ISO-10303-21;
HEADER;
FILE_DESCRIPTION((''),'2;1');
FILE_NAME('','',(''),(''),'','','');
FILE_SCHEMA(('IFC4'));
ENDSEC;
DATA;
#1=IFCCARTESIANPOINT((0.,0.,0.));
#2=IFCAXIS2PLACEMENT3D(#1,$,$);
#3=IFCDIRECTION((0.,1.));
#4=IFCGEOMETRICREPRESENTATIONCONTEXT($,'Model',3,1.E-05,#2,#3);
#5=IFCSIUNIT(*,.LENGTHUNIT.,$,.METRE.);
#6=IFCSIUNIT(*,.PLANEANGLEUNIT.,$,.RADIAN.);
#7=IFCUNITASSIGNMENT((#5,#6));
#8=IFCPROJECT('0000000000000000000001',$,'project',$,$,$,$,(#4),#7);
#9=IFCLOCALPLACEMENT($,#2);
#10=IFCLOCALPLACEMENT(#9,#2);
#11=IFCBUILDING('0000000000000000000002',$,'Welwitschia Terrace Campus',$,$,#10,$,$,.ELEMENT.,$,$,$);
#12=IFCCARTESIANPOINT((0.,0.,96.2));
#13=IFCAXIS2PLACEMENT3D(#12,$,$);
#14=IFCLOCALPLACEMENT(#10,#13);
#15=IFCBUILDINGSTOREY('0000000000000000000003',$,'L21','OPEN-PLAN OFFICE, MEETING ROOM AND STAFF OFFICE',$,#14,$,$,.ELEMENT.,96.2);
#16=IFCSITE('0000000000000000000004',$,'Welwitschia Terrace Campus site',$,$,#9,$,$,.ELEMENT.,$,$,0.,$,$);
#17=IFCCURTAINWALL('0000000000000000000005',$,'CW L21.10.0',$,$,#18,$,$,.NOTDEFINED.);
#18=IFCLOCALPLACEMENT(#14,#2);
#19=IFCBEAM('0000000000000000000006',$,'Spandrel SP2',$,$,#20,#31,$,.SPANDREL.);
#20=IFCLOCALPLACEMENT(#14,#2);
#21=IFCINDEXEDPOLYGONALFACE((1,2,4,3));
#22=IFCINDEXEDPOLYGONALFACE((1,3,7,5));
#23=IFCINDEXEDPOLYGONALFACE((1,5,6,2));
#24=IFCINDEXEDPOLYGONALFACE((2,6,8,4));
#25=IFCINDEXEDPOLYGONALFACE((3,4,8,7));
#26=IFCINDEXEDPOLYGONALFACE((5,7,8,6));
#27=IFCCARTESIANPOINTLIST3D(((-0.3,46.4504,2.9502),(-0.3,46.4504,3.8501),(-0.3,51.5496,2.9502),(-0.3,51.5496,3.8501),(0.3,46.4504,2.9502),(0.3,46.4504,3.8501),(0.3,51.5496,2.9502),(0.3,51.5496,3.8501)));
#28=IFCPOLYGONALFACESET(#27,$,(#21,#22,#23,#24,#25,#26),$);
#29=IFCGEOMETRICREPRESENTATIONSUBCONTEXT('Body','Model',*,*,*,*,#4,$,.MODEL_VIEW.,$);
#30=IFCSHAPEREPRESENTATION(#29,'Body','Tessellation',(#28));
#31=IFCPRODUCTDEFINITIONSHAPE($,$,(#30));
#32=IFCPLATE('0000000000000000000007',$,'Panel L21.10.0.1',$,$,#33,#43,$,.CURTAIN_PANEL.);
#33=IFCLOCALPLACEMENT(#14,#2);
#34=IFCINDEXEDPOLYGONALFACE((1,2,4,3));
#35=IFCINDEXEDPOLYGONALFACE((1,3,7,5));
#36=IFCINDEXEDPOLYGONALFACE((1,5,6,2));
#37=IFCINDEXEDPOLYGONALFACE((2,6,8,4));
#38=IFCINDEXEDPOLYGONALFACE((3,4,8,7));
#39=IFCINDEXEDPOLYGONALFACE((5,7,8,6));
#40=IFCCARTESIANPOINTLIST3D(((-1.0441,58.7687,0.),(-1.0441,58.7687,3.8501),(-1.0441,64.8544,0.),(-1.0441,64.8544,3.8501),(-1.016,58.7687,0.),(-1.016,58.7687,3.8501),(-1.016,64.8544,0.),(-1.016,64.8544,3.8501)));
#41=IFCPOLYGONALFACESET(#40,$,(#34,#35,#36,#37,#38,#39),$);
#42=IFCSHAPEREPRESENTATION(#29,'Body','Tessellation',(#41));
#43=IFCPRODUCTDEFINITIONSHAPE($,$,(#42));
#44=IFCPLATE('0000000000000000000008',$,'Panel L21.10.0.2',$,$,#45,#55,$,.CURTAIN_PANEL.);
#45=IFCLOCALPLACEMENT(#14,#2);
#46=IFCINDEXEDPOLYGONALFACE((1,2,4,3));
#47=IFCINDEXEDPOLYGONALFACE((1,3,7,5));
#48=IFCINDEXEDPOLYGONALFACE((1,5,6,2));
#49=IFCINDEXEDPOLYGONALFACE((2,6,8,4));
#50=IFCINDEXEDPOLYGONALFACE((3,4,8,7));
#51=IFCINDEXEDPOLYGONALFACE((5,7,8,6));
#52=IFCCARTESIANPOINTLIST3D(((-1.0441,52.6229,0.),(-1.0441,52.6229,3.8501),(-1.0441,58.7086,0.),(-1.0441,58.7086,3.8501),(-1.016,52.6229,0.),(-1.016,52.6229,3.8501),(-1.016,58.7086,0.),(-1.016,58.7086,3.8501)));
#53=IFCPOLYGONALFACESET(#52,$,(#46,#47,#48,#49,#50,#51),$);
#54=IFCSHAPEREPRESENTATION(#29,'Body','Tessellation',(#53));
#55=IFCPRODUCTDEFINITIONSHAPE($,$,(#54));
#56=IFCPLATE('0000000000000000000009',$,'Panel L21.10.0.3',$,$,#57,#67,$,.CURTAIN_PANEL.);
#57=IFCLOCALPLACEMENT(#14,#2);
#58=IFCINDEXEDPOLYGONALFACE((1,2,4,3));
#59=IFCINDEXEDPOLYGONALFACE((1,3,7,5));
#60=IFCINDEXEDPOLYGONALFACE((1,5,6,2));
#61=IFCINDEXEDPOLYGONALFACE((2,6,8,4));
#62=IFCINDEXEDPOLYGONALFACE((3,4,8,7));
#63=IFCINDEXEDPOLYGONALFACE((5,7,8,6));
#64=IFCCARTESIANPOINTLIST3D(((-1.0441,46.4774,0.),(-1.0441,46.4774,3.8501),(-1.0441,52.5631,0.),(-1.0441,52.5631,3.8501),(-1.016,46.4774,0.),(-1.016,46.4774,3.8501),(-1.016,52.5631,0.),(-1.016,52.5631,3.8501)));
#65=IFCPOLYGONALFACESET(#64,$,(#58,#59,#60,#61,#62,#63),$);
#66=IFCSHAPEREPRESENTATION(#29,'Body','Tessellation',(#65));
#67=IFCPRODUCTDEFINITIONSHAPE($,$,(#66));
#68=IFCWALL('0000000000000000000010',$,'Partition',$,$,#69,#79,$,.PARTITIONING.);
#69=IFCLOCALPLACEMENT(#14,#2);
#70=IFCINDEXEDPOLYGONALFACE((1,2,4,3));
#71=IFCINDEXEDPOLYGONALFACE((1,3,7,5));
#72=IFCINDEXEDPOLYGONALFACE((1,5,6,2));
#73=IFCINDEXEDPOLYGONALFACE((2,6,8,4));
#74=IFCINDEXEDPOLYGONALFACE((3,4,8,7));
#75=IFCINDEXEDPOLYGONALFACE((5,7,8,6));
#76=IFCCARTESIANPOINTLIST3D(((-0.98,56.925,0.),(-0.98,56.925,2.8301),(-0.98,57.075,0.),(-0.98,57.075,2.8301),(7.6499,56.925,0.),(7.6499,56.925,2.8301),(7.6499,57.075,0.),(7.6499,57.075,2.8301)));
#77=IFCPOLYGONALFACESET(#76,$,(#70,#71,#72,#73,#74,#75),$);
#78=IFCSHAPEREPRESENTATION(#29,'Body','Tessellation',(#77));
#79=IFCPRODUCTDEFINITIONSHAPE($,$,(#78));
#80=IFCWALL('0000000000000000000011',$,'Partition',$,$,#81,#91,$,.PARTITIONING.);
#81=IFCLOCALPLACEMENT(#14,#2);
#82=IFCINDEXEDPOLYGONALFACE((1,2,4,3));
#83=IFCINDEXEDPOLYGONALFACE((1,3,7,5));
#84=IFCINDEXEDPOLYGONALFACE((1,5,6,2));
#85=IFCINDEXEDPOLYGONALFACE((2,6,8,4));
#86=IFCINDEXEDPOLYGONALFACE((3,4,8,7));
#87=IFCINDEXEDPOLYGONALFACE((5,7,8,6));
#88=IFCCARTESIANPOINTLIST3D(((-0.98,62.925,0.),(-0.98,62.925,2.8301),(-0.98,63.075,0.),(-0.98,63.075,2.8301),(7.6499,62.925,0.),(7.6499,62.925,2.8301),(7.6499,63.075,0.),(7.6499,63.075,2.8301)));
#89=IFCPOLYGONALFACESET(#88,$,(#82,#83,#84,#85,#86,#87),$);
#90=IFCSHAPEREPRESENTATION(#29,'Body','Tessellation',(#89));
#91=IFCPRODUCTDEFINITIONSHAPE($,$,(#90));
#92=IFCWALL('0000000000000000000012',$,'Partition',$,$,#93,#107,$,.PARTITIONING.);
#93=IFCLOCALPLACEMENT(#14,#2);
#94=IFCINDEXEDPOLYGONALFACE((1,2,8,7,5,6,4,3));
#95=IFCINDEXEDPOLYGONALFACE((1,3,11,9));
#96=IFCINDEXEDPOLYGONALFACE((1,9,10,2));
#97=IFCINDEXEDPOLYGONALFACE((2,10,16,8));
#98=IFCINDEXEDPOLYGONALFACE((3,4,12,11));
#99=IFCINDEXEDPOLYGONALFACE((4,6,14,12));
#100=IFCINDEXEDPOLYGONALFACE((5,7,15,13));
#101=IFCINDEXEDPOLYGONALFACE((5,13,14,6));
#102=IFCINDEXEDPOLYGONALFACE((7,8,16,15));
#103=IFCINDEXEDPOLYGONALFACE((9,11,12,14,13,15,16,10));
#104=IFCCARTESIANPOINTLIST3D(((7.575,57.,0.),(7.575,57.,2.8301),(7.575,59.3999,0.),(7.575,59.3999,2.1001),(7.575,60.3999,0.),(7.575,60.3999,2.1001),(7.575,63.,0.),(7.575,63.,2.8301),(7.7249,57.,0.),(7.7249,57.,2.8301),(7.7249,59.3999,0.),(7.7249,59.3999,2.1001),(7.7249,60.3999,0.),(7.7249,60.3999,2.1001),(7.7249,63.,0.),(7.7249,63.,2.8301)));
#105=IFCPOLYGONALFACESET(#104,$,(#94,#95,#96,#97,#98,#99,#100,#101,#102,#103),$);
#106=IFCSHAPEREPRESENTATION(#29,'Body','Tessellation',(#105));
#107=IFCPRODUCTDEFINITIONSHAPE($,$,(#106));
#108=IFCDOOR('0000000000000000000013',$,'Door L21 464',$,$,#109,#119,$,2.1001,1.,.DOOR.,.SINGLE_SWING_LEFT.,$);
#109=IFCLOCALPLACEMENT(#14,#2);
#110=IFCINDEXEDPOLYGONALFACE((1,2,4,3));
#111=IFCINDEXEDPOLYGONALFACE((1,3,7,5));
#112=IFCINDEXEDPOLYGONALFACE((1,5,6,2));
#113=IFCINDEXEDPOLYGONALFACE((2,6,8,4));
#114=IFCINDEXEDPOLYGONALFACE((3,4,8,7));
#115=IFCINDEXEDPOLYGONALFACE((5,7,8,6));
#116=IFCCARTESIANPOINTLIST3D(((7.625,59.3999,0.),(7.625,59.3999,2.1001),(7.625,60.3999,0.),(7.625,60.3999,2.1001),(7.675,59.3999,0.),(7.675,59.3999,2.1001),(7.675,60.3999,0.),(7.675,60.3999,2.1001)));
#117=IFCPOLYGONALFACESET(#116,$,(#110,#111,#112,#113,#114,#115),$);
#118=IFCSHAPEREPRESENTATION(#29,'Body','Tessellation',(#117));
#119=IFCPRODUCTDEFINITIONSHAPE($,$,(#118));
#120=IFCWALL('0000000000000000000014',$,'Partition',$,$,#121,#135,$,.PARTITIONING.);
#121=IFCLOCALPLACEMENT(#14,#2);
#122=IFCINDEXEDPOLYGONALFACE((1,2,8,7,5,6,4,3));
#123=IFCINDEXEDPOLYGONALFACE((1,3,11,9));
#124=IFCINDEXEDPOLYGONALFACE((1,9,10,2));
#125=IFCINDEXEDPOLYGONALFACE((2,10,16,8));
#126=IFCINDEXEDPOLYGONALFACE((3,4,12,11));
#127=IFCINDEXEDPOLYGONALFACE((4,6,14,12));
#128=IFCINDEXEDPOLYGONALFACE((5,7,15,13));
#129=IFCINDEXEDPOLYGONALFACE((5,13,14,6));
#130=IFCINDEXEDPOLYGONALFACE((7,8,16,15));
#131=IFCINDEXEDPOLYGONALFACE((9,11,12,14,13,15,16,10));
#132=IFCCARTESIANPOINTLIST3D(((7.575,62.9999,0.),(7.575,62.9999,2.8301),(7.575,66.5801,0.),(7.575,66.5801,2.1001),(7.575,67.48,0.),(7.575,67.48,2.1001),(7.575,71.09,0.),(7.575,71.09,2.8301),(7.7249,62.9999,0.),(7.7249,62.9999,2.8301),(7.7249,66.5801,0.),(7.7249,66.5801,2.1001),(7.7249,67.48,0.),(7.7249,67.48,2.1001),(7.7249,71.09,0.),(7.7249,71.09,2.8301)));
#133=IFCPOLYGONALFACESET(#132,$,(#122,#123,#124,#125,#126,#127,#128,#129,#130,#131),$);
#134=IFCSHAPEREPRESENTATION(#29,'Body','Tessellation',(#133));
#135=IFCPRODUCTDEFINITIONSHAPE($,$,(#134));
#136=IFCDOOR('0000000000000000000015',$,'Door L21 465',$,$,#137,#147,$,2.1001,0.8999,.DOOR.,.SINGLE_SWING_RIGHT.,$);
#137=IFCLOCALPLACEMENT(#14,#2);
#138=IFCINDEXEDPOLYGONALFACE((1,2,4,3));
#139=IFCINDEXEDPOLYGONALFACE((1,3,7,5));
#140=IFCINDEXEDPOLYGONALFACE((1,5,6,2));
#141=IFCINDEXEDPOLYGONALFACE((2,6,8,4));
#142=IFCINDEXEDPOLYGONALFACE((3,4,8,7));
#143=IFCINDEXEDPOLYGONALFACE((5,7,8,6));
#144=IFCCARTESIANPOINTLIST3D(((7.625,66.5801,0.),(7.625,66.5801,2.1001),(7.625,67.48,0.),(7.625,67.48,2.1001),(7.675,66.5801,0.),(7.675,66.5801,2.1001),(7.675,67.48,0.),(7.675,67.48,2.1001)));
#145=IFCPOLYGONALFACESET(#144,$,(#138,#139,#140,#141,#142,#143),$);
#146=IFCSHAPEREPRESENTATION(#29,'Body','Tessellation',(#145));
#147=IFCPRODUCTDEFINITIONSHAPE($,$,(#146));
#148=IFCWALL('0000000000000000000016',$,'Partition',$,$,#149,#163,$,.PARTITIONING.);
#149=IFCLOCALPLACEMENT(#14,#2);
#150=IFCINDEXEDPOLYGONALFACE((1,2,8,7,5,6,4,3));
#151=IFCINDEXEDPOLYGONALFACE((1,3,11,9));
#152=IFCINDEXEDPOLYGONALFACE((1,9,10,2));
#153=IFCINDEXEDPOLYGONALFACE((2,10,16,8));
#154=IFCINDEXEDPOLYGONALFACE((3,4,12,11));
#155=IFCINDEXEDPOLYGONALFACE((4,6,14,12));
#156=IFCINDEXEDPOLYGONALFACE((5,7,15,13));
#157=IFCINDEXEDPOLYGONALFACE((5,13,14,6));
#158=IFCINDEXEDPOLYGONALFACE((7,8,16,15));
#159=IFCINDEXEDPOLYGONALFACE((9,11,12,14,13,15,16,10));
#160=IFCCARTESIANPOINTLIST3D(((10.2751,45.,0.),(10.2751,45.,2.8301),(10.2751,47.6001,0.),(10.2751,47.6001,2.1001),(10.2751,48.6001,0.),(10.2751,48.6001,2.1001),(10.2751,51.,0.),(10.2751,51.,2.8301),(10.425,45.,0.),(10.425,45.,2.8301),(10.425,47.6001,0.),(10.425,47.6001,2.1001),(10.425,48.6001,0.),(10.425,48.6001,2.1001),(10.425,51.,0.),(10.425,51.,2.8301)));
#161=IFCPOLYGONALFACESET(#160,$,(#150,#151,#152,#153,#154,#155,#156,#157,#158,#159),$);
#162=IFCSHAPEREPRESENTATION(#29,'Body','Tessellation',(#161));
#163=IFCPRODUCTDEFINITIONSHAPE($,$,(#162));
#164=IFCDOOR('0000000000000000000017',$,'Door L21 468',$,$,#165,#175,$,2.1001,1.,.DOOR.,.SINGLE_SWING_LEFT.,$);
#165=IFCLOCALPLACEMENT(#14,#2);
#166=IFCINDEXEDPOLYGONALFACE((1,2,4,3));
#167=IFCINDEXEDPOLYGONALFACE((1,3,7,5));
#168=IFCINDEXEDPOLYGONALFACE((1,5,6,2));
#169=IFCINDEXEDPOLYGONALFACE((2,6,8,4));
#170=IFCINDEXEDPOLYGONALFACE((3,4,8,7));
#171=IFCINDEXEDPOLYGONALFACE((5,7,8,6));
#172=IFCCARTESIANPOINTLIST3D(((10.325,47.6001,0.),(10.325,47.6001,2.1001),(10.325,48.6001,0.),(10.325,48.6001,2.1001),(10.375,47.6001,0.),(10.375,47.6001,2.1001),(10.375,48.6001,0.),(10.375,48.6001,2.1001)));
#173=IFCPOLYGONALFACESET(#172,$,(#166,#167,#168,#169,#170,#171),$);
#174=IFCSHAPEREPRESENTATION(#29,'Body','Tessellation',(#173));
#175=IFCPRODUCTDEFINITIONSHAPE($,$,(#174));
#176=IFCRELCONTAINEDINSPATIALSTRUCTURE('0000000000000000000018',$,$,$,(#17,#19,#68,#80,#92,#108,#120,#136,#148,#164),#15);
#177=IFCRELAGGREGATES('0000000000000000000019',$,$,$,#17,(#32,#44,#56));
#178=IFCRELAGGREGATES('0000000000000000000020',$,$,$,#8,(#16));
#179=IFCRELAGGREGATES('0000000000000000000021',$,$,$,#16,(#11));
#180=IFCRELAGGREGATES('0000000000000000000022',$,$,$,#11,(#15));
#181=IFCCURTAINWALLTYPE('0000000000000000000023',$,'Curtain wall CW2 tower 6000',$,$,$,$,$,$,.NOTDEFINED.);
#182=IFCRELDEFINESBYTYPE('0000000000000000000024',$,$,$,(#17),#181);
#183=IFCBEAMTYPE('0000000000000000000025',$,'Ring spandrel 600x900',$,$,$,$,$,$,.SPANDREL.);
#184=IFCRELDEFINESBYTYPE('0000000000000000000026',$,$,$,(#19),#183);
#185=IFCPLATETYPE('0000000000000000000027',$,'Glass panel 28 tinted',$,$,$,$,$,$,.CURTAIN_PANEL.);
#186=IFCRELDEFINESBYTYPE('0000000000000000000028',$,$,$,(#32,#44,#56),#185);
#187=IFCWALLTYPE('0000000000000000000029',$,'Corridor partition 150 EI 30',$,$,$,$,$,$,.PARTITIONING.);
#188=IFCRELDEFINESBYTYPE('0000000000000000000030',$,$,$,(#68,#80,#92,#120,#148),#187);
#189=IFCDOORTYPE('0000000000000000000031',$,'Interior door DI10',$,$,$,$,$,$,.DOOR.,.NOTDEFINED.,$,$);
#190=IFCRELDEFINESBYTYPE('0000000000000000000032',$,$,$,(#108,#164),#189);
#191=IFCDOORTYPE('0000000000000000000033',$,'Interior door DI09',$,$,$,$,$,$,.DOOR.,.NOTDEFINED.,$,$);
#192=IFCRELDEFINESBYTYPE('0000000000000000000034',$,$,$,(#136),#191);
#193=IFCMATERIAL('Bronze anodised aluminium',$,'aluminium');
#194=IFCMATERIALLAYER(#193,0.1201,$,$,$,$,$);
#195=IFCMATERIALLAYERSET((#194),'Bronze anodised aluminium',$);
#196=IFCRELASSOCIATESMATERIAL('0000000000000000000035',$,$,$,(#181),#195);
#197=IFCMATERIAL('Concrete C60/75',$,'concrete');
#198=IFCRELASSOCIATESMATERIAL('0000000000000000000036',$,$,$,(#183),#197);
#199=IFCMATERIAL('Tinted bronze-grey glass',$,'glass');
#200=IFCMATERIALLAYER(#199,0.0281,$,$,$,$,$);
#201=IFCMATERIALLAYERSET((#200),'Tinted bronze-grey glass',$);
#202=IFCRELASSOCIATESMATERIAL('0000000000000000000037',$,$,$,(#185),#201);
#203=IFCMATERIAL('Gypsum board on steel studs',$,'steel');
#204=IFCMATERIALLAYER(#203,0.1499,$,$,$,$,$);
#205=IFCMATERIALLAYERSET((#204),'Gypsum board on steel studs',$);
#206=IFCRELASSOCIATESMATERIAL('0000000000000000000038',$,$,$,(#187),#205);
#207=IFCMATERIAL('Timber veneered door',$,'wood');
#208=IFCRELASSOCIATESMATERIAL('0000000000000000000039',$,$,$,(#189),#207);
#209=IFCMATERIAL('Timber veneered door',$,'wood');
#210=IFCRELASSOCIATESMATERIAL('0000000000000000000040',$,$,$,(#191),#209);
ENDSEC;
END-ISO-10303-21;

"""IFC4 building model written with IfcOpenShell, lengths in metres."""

from ifc_helpers import new_model, si_unit, direction, frame, frame_2d, origin, origin_2d, place, context, subcontext, project, spatial, rectangle, extrude, material, layer, layer_set, material_profile, profile_set, type_object, element, fill, aggregate, save


model = new_model("IFC4")

# Units and contexts
model_context = context("Model", 3, precision=1e-05, world=origin(), true_north=direction((0.0, 1.0)))
body_context = subcontext(model_context, "Body", "Model", "MODEL_VIEW")
ifc_project = project(units=[si_unit("LENGTHUNIT", "METRE"), si_unit("PLANEANGLEUNIT", "RADIAN")], contexts=[model_context])

# Site, building, storey
site_placement = place(None, origin())
site = spatial("IfcSite", under=ifc_project, at=site_placement, Name="Welwitschia Terrace Campus site", CompositionType="ELEMENT", RefElevation=0.0)
building_placement = place(site_placement, origin())
building = spatial("IfcBuilding", under=site, at=building_placement, Name="Welwitschia Terrace Campus", CompositionType="ELEMENT")
storey_placement = place(building_placement, frame((0.0, 0.0, 96.2)))
storey = spatial("IfcBuildingStorey", under=building, at=storey_placement, Name="L21", Description="OPEN-PLAN OFFICE, MEETING ROOM AND STAFF OFFICE", CompositionType="ELEMENT", Elevation=96.2)

# Curtain wall
ifc_material_1 = material(Name="Bronze anodised aluminium", Category="aluminium")
ifc_layer_1 = layer(ifc_material_1, 0.1201)
ifc_layer_set_1 = layer_set([ifc_layer_1], Name="Bronze anodised aluminium")
curtain_wall_type = type_object("IfcCurtainWallType", Name="Curtain wall CW2 tower 6000", PredefinedType="NOTDEFINED", material=ifc_layer_set_1)
curtain_wall_placement = place(storey_placement, origin())
curtain_wall = element("IfcCurtainWall", 1, at=curtain_wall_placement, inside=storey, type_object=curtain_wall_type, Name="CW L21.10.0", PredefinedType="NOTDEFINED")

# Beam
ifc_material_2 = material(Name="Concrete C60/75", Category="concrete")
ifc_material_profile_1 = material_profile(ifc_material_2, rectangle(XDim=0.6001, YDim=0.8999, at=origin_2d()))
ifc_profile_set_1 = profile_set([ifc_material_profile_1], Name="Concrete C60/75")
beam_type_1 = type_object("IfcBeamType", Name="Ring spandrel 600x900", PredefinedType="SPANDREL", material=ifc_profile_set_1)
for number, where, z_axis, x_axis, name in (
    (2, (0.0, 51.5496, 3.4001), (0.0, -1.0, 0.0), (1.0, 0.0, 0.0), "Spandrel SP2"),
):
    element("IfcBeam", number, at=place(storey_placement, frame(where, z_axis=z_axis, x_axis=x_axis)), inside=storey, type_object=beam_type_1, Name=name, PredefinedType="SPANDREL", context=body_context, shape_type="SweptSolid", body=[
        extrude(rectangle(XDim=0.6001, YDim=0.8999, at=origin_2d()), origin(), (0.0, 0.0, 1.0), 5.0991),
    ])

# Plates
ifc_material_3 = material(Name="Tinted bronze-grey glass", Category="glass")
ifc_layer_2 = layer(ifc_material_3, 0.0281)
ifc_layer_set_2 = layer_set([ifc_layer_2], Name="Tinted bronze-grey glass")
plate_type = type_object("IfcPlateType", Name="Glass panel 28 tinted", PredefinedType="CURTAIN_PANEL", material=ifc_layer_set_2)
plate_1_placement = place(storey_placement, frame((-1.03, 61.8115, 0.0), z_axis=(0.0, 0.0, 1.0), x_axis=(0.0, -1.0, 0.0)))
plate_1 = element("IfcPlate", 3, at=plate_1_placement, type_object=plate_type, Name="Panel L21.10.0.1", PredefinedType="CURTAIN_PANEL", context=body_context, shape_type="SweptSolid", body=[
    extrude(rectangle(XDim=6.0857, YDim=0.0281, at=origin_2d()), origin(), (0.0, 0.0, 1.0), 3.8501),
])
plate_2_placement = place(storey_placement, frame((-1.03, 55.6658, 0.0), z_axis=(0.0, 0.0, 1.0), x_axis=(0.0, -1.0, 0.0)))
plate_2 = element("IfcPlate", 4, at=plate_2_placement, type_object=plate_type, Name="Panel L21.10.0.2", PredefinedType="CURTAIN_PANEL", context=body_context, shape_type="SweptSolid", body=[
    extrude(rectangle(XDim=6.0857, YDim=0.0281, at=origin_2d()), origin(), (0.0, 0.0, 1.0), 3.8501),
])
plate_3_placement = place(storey_placement, frame((-1.03, 49.5203, 0.0), z_axis=(0.0, 0.0, 1.0), x_axis=(0.0, -1.0, 0.0)))
plate_3 = element("IfcPlate", 5, at=plate_3_placement, type_object=plate_type, Name="Panel L21.10.0.3", PredefinedType="CURTAIN_PANEL", context=body_context, shape_type="SweptSolid", body=[
    extrude(rectangle(XDim=6.0857, YDim=0.0281, at=origin_2d()), origin(), (0.0, 0.0, 1.0), 3.8501),
])
aggregate(curtain_wall, [plate_1, plate_2, plate_3])

# Walls
ifc_material_4 = material(Name="Gypsum board on steel studs", Category="steel")
ifc_layer_3 = layer(ifc_material_4, 0.1499)
ifc_layer_set_3 = layer_set([ifc_layer_3], Name="Gypsum board on steel studs")
wall_type = type_object("IfcWallType", Name="Corridor partition 150 EI 30", PredefinedType="PARTITIONING", material=ifc_layer_set_3)
for number, where, z_axis, x_axis, name in (
    (6, (-0.98, 57.0, 0.0), (0.0, 0.0, 1.0), (1.0, 0.0, 0.0), "Partition"),
    (7, (-0.98, 63.0, 0.0), (0.0, 0.0, 1.0), (1.0, 0.0, 0.0), "Partition"),
):
    element("IfcWall", number, at=place(storey_placement, frame(where, z_axis=z_axis, x_axis=x_axis)), inside=storey, type_object=wall_type, Name=name, PredefinedType="PARTITIONING", context=body_context, shape_type="SweptSolid", body=[
        extrude(rectangle(XDim=8.6299, YDim=0.1499, at=frame_2d((4.3149, 0.0))), origin(), (0.0, 0.0, 1.0), 2.8301),
    ])

# Walls, openings, doors
wall_1_placement = place(storey_placement, frame((7.6499, 57.0, 0.0), z_axis=(0.0, 0.0, 1.0), x_axis=(0.0, 1.0, 0.0)))
wall_1 = element("IfcWall", 8, at=wall_1_placement, inside=storey, type_object=wall_type, Name="Partition", PredefinedType="PARTITIONING", context=body_context, shape_type="SweptSolid", body=[
    extrude(rectangle(XDim=6.0, YDim=0.1499, at=frame_2d((3.0, 0.0))), origin(), (0.0, 0.0, 1.0), 2.8301),
])
opening_1_placement = place(wall_1_placement, frame((2.3999, 0.0, 0.0)))
opening_1 = element("IfcOpeningElement", 9, at=opening_1_placement, cuts=wall_1, PredefinedType="OPENING", context=body_context, shape_type="SweptSolid", body=[
    extrude(rectangle(XDim=1.0, YDim=2.1001, at=frame_2d((0.5, 1.05))), frame((0.0, 0.085, 0.0), z_axis=(0.0, -1.0, 0.0), x_axis=(1.0, 0.0, 0.0)), (0.0, 0.0, 1.0), 0.1699),
])
ifc_material_5 = material(Name="Timber veneered door", Category="wood")
door_type_1 = type_object("IfcDoorType", Name="Interior door DI10", OperationType="NOTDEFINED", PredefinedType="DOOR", material=ifc_material_5)
door_1_placement = place(opening_1_placement, origin())
door_1 = element("IfcDoor", 10, at=door_1_placement, inside=storey, type_object=door_type_1, Name="Door L21 464", OperationType="SINGLE_SWING_LEFT", OverallHeight=2.1001, OverallWidth=1.0, PredefinedType="DOOR", context=body_context, shape_type="SweptSolid", body=[
    extrude(rectangle(XDim=1.0, YDim=2.1001, at=frame_2d((0.5, 1.05))), frame((0.0, 0.0249, 0.0), z_axis=(0.0, -1.0, 0.0), x_axis=(1.0, 0.0, 0.0)), (0.0, 0.0, 1.0), 0.05),
])
fill(opening_1, door_1)
wall_2_placement = place(storey_placement, frame((7.6499, 63.0, 0.0), z_axis=(0.0, 0.0, 1.0), x_axis=(0.0, 1.0, 0.0)))
wall_2 = element("IfcWall", 11, at=wall_2_placement, inside=storey, type_object=wall_type, Name="Partition", PredefinedType="PARTITIONING", context=body_context, shape_type="SweptSolid", body=[
    extrude(rectangle(XDim=8.0901, YDim=0.1499, at=frame_2d((4.0449, 0.0))), origin(), (0.0, 0.0, 1.0), 2.8301),
])
opening_2_placement = place(wall_2_placement, frame((3.5801, 0.0, 0.0)))
opening_2 = element("IfcOpeningElement", 12, at=opening_2_placement, cuts=wall_2, PredefinedType="OPENING", context=body_context, shape_type="SweptSolid", body=[
    extrude(rectangle(XDim=0.8999, YDim=2.1001, at=frame_2d((0.45, 1.05))), frame((0.0, 0.085, 0.0), z_axis=(0.0, -1.0, 0.0), x_axis=(1.0, 0.0, 0.0)), (0.0, 0.0, 1.0), 0.1699),
])
ifc_material_6 = material(Name="Timber veneered door", Category="wood")
door_type_2 = type_object("IfcDoorType", Name="Interior door DI09", OperationType="NOTDEFINED", PredefinedType="DOOR", material=ifc_material_6)
door_2_placement = place(opening_2_placement, origin())
door_2 = element("IfcDoor", 13, at=door_2_placement, inside=storey, type_object=door_type_2, Name="Door L21 465", OperationType="SINGLE_SWING_RIGHT", OverallHeight=2.1001, OverallWidth=0.8999, PredefinedType="DOOR", context=body_context, shape_type="SweptSolid", body=[
    extrude(rectangle(XDim=0.8999, YDim=2.1001, at=frame_2d((0.45, 1.05))), frame((0.0, 0.0249, 0.0), z_axis=(0.0, -1.0, 0.0), x_axis=(1.0, 0.0, 0.0)), (0.0, 0.0, 1.0), 0.05),
])
fill(opening_2, door_2)
wall_3_placement = place(storey_placement, frame((10.3501, 51.0, 0.0), z_axis=(0.0, 0.0, 1.0), x_axis=(0.0, -1.0, 0.0)))
wall_3 = element("IfcWall", 14, at=wall_3_placement, inside=storey, type_object=wall_type, Name="Partition", PredefinedType="PARTITIONING", context=body_context, shape_type="SweptSolid", body=[
    extrude(rectangle(XDim=6.0, YDim=0.1499, at=frame_2d((3.0, 0.0))), origin(), (0.0, 0.0, 1.0), 2.8301),
])
opening_3_placement = place(wall_3_placement, frame((2.3999, 0.0, 0.0)))
opening_3 = element("IfcOpeningElement", 15, at=opening_3_placement, cuts=wall_3, PredefinedType="OPENING", context=body_context, shape_type="SweptSolid", body=[
    extrude(rectangle(XDim=1.0, YDim=2.1001, at=frame_2d((0.5, 1.05))), frame((0.0, 0.085, 0.0), z_axis=(0.0, -1.0, 0.0), x_axis=(1.0, 0.0, 0.0)), (0.0, 0.0, 1.0), 0.1699),
])
door_3_placement = place(opening_3_placement, origin())
door_3 = element("IfcDoor", 16, at=door_3_placement, inside=storey, type_object=door_type_1, Name="Door L21 468", OperationType="SINGLE_SWING_LEFT", OverallHeight=2.1001, OverallWidth=1.0, PredefinedType="DOOR", context=body_context, shape_type="SweptSolid", body=[
    extrude(rectangle(XDim=1.0, YDim=2.1001, at=frame_2d((0.5, 1.05))), frame((0.0, 0.0249, 0.0), z_axis=(0.0, -1.0, 0.0), x_axis=(1.0, 0.0, 0.0)), (0.0, 0.0, 1.0), 0.05),
])
fill(opening_3, door_3)

save(model, "model.ifc")
